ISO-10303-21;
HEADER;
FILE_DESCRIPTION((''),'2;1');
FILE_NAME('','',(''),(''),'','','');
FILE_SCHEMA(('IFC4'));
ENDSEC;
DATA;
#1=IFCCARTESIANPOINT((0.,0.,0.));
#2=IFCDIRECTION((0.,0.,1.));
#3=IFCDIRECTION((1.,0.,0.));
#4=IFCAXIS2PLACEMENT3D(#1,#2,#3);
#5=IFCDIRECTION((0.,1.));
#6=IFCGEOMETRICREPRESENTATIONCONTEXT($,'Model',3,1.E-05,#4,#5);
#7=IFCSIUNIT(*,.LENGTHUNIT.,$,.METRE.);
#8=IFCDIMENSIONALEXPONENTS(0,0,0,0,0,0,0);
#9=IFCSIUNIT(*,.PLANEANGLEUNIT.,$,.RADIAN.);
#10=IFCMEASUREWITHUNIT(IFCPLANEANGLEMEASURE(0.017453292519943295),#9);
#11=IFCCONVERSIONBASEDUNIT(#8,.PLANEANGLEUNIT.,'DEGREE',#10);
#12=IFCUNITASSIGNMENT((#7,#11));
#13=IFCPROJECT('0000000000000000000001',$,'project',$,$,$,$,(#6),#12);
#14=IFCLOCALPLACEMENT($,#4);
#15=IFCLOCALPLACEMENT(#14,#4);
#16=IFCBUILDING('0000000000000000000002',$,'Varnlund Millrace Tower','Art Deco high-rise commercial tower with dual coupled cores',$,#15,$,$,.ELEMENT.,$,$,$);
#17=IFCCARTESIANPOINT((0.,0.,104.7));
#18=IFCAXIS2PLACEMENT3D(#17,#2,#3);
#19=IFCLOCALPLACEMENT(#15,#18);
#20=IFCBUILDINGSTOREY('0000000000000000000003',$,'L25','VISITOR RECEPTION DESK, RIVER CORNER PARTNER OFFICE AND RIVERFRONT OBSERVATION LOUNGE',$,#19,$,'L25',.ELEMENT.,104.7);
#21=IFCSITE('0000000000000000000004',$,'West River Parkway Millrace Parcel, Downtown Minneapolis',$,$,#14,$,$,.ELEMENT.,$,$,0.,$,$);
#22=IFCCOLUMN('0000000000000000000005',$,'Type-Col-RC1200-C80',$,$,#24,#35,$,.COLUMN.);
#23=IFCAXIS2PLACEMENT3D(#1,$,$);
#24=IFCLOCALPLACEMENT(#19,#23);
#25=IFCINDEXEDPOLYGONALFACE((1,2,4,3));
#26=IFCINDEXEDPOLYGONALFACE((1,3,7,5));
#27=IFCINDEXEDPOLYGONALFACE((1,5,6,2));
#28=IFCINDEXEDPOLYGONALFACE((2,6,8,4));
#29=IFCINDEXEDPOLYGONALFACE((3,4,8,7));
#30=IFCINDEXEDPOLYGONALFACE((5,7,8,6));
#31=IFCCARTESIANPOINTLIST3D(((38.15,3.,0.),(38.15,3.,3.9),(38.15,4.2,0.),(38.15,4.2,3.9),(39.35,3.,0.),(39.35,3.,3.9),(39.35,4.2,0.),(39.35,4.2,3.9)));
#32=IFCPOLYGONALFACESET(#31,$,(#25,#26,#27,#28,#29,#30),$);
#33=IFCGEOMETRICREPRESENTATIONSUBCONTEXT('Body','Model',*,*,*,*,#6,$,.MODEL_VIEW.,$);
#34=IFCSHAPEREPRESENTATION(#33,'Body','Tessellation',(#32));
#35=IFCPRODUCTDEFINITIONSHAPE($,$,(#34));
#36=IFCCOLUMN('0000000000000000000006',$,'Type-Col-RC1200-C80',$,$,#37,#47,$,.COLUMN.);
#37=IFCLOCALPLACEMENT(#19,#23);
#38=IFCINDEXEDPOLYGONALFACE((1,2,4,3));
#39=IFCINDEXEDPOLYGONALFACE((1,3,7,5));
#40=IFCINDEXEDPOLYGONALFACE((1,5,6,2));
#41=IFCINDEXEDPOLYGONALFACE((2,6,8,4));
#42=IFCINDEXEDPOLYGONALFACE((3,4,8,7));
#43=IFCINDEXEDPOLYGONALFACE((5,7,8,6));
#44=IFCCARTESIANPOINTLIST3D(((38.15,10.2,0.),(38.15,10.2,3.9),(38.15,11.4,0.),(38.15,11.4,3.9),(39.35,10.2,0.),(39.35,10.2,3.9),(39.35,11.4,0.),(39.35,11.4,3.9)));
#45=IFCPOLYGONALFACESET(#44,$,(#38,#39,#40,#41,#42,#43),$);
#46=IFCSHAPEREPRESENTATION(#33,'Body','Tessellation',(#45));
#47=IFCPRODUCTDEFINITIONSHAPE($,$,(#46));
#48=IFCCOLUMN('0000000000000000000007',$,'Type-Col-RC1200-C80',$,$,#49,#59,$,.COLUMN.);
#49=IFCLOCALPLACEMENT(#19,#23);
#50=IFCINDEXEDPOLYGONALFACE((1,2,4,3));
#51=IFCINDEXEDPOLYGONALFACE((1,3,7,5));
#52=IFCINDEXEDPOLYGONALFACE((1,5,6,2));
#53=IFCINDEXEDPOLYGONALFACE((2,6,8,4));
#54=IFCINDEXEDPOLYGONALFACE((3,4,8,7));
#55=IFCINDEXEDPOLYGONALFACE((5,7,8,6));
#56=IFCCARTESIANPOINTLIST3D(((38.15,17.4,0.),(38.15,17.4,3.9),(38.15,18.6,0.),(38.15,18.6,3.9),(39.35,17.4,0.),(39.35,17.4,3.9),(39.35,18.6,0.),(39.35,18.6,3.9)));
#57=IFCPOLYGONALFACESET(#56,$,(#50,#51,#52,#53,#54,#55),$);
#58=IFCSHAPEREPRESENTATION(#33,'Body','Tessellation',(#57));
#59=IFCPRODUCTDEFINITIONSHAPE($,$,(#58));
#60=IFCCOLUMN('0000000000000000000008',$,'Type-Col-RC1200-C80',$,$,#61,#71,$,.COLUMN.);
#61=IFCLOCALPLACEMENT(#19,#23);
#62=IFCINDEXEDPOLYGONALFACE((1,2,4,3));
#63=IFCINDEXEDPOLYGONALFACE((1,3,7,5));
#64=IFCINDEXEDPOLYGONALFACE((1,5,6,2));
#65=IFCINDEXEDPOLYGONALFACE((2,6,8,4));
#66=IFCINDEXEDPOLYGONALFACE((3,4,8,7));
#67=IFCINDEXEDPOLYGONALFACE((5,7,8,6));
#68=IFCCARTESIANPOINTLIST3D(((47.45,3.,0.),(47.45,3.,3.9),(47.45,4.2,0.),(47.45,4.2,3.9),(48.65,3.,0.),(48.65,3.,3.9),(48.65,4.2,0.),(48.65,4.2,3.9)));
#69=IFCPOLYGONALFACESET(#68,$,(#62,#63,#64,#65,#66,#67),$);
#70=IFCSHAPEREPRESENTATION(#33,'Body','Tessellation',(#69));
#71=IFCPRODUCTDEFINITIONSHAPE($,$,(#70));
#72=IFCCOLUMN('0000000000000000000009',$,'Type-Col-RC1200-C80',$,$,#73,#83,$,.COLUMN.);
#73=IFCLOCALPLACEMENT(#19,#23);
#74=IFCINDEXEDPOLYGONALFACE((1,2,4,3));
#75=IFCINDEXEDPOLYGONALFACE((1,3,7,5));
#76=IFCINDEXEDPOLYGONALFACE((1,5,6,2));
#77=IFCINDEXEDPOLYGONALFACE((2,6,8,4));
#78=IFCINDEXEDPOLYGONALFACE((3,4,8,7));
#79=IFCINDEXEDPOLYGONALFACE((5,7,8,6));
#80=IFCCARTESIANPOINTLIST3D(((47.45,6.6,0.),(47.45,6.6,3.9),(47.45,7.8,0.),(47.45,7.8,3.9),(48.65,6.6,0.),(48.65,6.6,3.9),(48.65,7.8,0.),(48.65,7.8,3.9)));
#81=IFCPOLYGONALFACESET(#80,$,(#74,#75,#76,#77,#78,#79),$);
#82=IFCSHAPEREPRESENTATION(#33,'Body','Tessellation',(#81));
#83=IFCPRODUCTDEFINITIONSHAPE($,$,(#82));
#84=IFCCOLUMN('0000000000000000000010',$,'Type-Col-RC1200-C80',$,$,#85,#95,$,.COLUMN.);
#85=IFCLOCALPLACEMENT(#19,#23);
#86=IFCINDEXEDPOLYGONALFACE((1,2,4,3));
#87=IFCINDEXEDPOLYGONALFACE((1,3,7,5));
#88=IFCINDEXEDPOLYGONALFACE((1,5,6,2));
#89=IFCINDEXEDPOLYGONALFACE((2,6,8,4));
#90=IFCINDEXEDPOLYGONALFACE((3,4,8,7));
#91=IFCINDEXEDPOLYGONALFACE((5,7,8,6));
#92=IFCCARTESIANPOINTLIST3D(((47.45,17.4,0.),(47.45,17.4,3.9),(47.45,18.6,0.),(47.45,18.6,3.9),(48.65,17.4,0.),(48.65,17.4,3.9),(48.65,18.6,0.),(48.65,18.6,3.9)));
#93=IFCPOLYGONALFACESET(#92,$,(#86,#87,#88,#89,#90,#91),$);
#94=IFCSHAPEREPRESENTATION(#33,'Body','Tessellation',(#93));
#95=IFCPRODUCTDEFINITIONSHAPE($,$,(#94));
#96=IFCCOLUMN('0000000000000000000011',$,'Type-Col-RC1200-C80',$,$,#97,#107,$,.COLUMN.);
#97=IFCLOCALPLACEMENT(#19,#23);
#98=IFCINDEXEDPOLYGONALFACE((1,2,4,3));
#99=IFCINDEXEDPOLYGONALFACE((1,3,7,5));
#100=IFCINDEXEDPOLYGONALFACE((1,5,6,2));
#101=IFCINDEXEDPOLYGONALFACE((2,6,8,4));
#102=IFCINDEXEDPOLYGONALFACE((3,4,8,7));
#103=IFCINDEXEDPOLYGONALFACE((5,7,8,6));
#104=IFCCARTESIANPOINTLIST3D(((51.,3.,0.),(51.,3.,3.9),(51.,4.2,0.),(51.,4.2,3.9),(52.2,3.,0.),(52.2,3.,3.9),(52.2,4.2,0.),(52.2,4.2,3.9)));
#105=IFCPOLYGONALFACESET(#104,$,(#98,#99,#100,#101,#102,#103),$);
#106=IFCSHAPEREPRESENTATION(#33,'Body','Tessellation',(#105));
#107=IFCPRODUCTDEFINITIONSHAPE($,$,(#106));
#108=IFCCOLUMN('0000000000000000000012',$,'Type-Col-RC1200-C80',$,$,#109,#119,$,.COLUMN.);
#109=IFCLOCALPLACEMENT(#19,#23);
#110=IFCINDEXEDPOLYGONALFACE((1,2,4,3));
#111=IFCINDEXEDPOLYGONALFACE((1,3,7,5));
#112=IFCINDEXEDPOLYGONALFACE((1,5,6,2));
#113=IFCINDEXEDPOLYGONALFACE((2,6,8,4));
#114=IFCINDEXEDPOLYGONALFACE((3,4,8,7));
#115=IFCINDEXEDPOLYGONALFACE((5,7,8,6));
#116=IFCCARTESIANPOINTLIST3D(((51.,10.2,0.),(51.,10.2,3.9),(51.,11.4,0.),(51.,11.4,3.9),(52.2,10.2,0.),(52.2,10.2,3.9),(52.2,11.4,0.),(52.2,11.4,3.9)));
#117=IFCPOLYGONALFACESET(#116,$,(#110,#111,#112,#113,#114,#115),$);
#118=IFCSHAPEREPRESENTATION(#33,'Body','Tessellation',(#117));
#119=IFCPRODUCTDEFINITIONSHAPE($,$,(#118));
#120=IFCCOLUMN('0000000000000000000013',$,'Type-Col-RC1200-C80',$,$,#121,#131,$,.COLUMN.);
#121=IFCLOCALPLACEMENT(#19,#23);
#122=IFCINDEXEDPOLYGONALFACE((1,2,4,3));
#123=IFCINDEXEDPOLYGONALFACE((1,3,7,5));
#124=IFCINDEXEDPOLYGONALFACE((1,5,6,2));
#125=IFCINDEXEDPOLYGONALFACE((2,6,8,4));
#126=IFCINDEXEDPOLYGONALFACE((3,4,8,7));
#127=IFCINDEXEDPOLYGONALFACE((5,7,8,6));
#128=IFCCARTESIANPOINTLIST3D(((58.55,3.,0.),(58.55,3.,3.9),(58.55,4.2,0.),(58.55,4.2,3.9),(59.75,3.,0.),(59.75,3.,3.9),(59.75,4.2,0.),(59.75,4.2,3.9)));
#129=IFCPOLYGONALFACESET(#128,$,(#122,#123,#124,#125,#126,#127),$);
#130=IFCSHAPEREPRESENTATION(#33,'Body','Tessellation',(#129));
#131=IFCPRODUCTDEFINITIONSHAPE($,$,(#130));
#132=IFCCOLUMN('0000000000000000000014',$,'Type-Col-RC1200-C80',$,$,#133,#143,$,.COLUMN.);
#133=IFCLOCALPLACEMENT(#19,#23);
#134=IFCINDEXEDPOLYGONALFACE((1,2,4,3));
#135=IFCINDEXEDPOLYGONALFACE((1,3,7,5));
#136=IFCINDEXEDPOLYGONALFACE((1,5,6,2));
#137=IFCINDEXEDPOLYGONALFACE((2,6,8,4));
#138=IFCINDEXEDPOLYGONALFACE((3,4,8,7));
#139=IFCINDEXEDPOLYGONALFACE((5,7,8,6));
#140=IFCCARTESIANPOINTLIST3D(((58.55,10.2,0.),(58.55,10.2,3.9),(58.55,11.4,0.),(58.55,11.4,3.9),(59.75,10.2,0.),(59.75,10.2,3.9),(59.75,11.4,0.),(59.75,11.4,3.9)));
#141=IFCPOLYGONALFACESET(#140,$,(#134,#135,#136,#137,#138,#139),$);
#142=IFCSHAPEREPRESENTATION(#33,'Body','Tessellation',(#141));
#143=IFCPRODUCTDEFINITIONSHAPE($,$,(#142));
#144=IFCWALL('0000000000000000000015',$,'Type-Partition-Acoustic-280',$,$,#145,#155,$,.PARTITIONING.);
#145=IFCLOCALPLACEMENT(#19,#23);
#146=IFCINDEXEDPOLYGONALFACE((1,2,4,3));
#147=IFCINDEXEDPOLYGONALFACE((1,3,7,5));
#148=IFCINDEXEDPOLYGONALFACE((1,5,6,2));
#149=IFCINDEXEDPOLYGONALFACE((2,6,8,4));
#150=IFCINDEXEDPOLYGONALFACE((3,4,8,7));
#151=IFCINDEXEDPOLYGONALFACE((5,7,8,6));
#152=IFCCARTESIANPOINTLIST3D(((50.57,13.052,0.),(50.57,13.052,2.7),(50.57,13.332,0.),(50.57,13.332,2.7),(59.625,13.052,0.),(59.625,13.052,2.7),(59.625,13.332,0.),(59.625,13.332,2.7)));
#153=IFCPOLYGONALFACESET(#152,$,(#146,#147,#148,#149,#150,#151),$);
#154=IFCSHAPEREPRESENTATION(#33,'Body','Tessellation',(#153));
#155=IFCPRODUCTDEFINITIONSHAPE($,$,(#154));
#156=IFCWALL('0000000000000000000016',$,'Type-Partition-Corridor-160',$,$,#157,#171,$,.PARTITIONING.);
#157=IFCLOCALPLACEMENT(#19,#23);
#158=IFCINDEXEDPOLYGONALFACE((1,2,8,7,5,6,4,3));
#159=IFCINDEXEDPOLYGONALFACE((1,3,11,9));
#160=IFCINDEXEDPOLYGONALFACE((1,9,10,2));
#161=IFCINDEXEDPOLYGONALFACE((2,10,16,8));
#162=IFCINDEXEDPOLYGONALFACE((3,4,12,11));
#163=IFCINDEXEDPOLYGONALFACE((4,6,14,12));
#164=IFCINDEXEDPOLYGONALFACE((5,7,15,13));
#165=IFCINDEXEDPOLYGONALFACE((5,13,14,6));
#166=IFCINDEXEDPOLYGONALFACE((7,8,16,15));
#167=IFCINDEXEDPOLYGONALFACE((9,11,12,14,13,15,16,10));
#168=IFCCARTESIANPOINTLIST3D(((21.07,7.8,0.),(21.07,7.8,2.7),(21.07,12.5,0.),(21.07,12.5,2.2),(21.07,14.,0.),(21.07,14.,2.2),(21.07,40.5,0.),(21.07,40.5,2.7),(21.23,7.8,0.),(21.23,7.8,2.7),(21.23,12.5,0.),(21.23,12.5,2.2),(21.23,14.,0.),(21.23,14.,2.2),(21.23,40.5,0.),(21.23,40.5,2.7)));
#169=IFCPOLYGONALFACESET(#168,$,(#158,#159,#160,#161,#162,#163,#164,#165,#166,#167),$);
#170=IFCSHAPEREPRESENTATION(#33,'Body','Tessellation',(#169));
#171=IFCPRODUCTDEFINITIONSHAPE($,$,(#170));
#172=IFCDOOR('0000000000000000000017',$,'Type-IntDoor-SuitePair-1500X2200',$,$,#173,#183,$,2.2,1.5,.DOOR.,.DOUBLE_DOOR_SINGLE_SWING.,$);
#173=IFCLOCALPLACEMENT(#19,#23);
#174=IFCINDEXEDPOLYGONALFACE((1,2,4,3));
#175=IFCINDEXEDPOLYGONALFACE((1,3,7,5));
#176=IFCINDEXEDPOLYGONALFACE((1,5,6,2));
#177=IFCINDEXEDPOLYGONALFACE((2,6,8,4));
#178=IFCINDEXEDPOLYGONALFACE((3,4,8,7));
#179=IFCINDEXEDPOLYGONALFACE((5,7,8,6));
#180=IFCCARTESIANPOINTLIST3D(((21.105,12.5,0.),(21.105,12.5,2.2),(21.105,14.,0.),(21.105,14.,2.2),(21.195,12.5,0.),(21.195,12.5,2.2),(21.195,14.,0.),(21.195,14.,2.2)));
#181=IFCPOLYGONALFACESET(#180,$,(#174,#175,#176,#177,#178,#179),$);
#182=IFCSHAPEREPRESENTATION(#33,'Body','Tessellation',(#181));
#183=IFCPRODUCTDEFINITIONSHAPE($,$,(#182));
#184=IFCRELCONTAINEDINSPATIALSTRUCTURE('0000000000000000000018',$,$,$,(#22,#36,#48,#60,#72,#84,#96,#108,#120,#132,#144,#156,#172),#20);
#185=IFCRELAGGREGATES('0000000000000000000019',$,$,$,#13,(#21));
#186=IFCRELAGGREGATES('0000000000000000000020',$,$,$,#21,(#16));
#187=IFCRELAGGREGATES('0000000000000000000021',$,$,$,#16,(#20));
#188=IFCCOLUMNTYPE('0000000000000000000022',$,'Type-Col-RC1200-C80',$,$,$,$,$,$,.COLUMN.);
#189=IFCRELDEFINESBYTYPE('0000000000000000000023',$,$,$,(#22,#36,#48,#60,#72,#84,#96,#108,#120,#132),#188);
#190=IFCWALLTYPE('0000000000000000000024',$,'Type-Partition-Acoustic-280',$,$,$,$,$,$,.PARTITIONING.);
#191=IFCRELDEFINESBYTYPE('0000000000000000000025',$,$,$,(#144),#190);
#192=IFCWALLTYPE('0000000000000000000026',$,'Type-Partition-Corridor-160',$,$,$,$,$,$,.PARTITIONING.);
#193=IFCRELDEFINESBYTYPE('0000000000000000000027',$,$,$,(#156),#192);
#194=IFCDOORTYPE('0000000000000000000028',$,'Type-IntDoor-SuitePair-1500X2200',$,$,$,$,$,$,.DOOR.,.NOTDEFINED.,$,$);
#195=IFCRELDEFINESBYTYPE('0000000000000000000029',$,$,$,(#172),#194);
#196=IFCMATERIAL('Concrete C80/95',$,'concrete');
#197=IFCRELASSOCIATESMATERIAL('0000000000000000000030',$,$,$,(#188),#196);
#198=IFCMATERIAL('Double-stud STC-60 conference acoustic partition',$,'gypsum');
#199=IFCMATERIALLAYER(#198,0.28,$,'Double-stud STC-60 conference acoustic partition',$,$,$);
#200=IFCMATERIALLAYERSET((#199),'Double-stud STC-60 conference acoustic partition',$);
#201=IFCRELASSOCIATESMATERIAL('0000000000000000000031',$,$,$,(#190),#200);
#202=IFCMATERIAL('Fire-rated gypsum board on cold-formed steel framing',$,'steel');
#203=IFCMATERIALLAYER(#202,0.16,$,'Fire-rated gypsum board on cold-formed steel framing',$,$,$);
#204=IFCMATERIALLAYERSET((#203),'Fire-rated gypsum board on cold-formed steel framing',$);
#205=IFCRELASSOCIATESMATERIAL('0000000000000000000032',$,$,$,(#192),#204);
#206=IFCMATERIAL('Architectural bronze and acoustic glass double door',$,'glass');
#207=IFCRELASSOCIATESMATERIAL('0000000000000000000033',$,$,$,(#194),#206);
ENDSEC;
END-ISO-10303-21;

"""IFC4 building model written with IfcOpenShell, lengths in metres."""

from ifc_helpers import new_model, entity, si_unit, converted_unit, direction, frame, origin_with_axes, origin_2d_with_axis, place, context, subcontext, project, spatial, polyline, rectangle, outline, extrude, material, layer, layer_set, material_profile, profile_set, type_object, element, fill, save


model = new_model("IFC4")

# Units and contexts
model_context = context("Model", 3, precision=1e-05, world=origin_with_axes(), true_north=direction((0.0, 1.0)))
body_context = subcontext(model_context, "Body", "Model", "MODEL_VIEW")
ifc_project = project(units=[si_unit("LENGTHUNIT", "METRE"), converted_unit("PLANEANGLEUNIT", "DEGREE", entity("IfcPlaneAngleMeasure", 0.017453292519943295), si_unit("PLANEANGLEUNIT", "RADIAN"), dimensions=[0, 0, 0, 0, 0, 0, 0])], contexts=[model_context])

# Site, building, storey
site_placement = place(None, origin_with_axes())
site = spatial("IfcSite", under=ifc_project, at=site_placement, Name="West River Parkway Millrace Parcel, Downtown Minneapolis", CompositionType="ELEMENT", RefElevation=0.0)
building_placement = place(site_placement, origin_with_axes())
building = spatial("IfcBuilding", under=site, at=building_placement, Name="Varnlund Millrace Tower", Description="Art Deco high-rise commercial tower with dual coupled cores", CompositionType="ELEMENT")
storey_placement = place(building_placement, frame((0.0, 0.0, 104.7), z_axis=(0.0, 0.0, 1.0), x_axis=(1.0, 0.0, 0.0)))
storey = spatial("IfcBuildingStorey", under=building, at=storey_placement, Name="L25", Description="VISITOR RECEPTION DESK, RIVER CORNER PARTNER OFFICE AND RIVERFRONT OBSERVATION LOUNGE", LongName="L25", CompositionType="ELEMENT", Elevation=104.7)

# Columns
ifc_material_1 = material(Name="Concrete C80/95", Category="concrete")
ifc_material_profile = material_profile(ifc_material_1, rectangle(XDim=1.2, YDim=1.2, at=origin_2d_with_axis()), Name="Concrete C80/95")
ifc_profile_set = profile_set([ifc_material_profile], Name="Concrete C80/95")
column_type = type_object("IfcColumnType", Name="Type-Col-RC1200-C80", PredefinedType="COLUMN", material=ifc_profile_set)
for number, where, z_axis, x_axis, name in (
    (1, (38.75, 3.6, 0.0), (0.0, 0.0, 1.0), (1.0, 0.0, 0.0), "Type-Col-RC1200-C80"),
    (2, (38.75, 10.8, 0.0), (0.0, 0.0, 1.0), (1.0, 0.0, 0.0), "Type-Col-RC1200-C80"),
    (3, (38.75, 18.0, 0.0), (0.0, 0.0, 1.0), (1.0, 0.0, 0.0), "Type-Col-RC1200-C80"),
    (4, (48.05, 3.6, 0.0), (0.0, 0.0, 1.0), (1.0, 0.0, 0.0), "Type-Col-RC1200-C80"),
    (5, (48.05, 7.2, 0.0), (0.0, 0.0, 1.0), (1.0, 0.0, 0.0), "Type-Col-RC1200-C80"),
    (6, (48.05, 18.0, 0.0), (0.0, 0.0, 1.0), (1.0, 0.0, 0.0), "Type-Col-RC1200-C80"),
    (7, (51.6, 3.6, 0.0), (0.0, 0.0, 1.0), (1.0, 0.0, 0.0), "Type-Col-RC1200-C80"),
    (8, (51.6, 10.8, 0.0), (0.0, 0.0, 1.0), (1.0, 0.0, 0.0), "Type-Col-RC1200-C80"),
    (9, (59.15, 3.6, 0.0), (0.0, 0.0, 1.0), (1.0, 0.0, 0.0), "Type-Col-RC1200-C80"),
    (10, (59.15, 10.8, 0.0), (0.0, 0.0, 1.0), (1.0, 0.0, 0.0), "Type-Col-RC1200-C80"),
):
    element("IfcColumn", number, at=place(storey_placement, frame(where, z_axis=z_axis, x_axis=x_axis)), inside=storey, type_object=column_type, Name=name, PredefinedType="COLUMN", context=body_context, shape_type="SweptSolid", body=[
        extrude(rectangle(XDim=1.2, YDim=1.2, at=origin_2d_with_axis()), origin_with_axes(), (0.0, 0.0, 1.0), 3.9),
    ])

# Wall
ifc_material_2 = material(Name="Double-stud STC-60 conference acoustic partition", Category="gypsum")
ifc_layer_1 = layer(ifc_material_2, 0.28, Name="Double-stud STC-60 conference acoustic partition")
ifc_layer_set_1 = layer_set([ifc_layer_1], Name="Double-stud STC-60 conference acoustic partition")
wall_type_1 = type_object("IfcWallType", Name="Type-Partition-Acoustic-280", PredefinedType="PARTITIONING", material=ifc_layer_set_1)
wall_1_placement = place(storey_placement, frame((50.57, 13.192, 0.0), z_axis=(0.0, 0.0, 1.0), x_axis=(1.0, 0.0, 0.0)))
element("IfcWall", 11, at=wall_1_placement, inside=storey, type_object=wall_type_1, Name="Type-Partition-Acoustic-280", PredefinedType="PARTITIONING", context=body_context, shape_type="SweptSolid", body=[
    extrude(outline(polyline([(0.0, -0.14), (9.055, -0.14), (9.055, 0.14), (0.0, 0.14), (0.0, -0.14)])), origin_with_axes(), (0.0, 0.0, 1.0), 2.7),
])

# Wall, opening, door
ifc_material_3 = material(Name="Fire-rated gypsum board on cold-formed steel framing", Category="steel")
ifc_layer_2 = layer(ifc_material_3, 0.16, Name="Fire-rated gypsum board on cold-formed steel framing")
ifc_layer_set_2 = layer_set([ifc_layer_2], Name="Fire-rated gypsum board on cold-formed steel framing")
wall_type_2 = type_object("IfcWallType", Name="Type-Partition-Corridor-160", PredefinedType="PARTITIONING", material=ifc_layer_set_2)
wall_2_placement = place(storey_placement, frame((21.15, 7.8, 0.0), z_axis=(0.0, 0.0, 1.0), x_axis=(0.0, 1.0, 0.0)))
wall_2 = element("IfcWall", 12, at=wall_2_placement, inside=storey, type_object=wall_type_2, Name="Type-Partition-Corridor-160", PredefinedType="PARTITIONING", context=body_context, shape_type="SweptSolid", body=[
    extrude(outline(polyline([(0.0, -0.08), (32.7, -0.08), (32.7, 0.08), (0.0, 0.08), (0.0, -0.08)])), origin_with_axes(), (0.0, 0.0, 1.0), 2.7),
])
opening_1_placement = place(wall_2_placement, frame((5.45, 0.0, 0.0), z_axis=(0.0, 0.0, 1.0), x_axis=(1.0, 0.0, 0.0)))
opening_1 = element("IfcOpeningElement", 13, at=opening_1_placement, cuts=wall_2, PredefinedType="OPENING", context=body_context, shape_type="SweptSolid", body=[
    extrude(rectangle(XDim=1.5, YDim=0.18, at=origin_2d_with_axis()), origin_with_axes(), (0.0, 0.0, 1.0), 2.2),
])
ifc_material_4 = material(Name="Architectural bronze and acoustic glass double door", Category="glass")
door_type_1 = type_object("IfcDoorType", Name="Type-IntDoor-SuitePair-1500X2200", OperationType="NOTDEFINED", PredefinedType="DOOR", material=ifc_material_4)
door_1_placement = place(wall_2_placement, frame((5.45, 0.0, 0.0), z_axis=(0.0, 0.0, 1.0), x_axis=(1.0, 0.0, 0.0)))
door_1 = element("IfcDoor", 14, at=door_1_placement, inside=storey, type_object=door_type_1, Name="Type-IntDoor-SuitePair-1500X2200", OperationType="DOUBLE_DOOR_SINGLE_SWING", OverallHeight=2.2, OverallWidth=1.5, PredefinedType="DOOR", context=body_context, shape_type="SweptSolid", body=[
    extrude(rectangle(XDim=1.5, YDim=0.09, at=origin_2d_with_axis()), origin_with_axes(), (0.0, 0.0, 1.0), 2.2),
])
fill(opening_1, door_1)

save(model, "model.ifc")
